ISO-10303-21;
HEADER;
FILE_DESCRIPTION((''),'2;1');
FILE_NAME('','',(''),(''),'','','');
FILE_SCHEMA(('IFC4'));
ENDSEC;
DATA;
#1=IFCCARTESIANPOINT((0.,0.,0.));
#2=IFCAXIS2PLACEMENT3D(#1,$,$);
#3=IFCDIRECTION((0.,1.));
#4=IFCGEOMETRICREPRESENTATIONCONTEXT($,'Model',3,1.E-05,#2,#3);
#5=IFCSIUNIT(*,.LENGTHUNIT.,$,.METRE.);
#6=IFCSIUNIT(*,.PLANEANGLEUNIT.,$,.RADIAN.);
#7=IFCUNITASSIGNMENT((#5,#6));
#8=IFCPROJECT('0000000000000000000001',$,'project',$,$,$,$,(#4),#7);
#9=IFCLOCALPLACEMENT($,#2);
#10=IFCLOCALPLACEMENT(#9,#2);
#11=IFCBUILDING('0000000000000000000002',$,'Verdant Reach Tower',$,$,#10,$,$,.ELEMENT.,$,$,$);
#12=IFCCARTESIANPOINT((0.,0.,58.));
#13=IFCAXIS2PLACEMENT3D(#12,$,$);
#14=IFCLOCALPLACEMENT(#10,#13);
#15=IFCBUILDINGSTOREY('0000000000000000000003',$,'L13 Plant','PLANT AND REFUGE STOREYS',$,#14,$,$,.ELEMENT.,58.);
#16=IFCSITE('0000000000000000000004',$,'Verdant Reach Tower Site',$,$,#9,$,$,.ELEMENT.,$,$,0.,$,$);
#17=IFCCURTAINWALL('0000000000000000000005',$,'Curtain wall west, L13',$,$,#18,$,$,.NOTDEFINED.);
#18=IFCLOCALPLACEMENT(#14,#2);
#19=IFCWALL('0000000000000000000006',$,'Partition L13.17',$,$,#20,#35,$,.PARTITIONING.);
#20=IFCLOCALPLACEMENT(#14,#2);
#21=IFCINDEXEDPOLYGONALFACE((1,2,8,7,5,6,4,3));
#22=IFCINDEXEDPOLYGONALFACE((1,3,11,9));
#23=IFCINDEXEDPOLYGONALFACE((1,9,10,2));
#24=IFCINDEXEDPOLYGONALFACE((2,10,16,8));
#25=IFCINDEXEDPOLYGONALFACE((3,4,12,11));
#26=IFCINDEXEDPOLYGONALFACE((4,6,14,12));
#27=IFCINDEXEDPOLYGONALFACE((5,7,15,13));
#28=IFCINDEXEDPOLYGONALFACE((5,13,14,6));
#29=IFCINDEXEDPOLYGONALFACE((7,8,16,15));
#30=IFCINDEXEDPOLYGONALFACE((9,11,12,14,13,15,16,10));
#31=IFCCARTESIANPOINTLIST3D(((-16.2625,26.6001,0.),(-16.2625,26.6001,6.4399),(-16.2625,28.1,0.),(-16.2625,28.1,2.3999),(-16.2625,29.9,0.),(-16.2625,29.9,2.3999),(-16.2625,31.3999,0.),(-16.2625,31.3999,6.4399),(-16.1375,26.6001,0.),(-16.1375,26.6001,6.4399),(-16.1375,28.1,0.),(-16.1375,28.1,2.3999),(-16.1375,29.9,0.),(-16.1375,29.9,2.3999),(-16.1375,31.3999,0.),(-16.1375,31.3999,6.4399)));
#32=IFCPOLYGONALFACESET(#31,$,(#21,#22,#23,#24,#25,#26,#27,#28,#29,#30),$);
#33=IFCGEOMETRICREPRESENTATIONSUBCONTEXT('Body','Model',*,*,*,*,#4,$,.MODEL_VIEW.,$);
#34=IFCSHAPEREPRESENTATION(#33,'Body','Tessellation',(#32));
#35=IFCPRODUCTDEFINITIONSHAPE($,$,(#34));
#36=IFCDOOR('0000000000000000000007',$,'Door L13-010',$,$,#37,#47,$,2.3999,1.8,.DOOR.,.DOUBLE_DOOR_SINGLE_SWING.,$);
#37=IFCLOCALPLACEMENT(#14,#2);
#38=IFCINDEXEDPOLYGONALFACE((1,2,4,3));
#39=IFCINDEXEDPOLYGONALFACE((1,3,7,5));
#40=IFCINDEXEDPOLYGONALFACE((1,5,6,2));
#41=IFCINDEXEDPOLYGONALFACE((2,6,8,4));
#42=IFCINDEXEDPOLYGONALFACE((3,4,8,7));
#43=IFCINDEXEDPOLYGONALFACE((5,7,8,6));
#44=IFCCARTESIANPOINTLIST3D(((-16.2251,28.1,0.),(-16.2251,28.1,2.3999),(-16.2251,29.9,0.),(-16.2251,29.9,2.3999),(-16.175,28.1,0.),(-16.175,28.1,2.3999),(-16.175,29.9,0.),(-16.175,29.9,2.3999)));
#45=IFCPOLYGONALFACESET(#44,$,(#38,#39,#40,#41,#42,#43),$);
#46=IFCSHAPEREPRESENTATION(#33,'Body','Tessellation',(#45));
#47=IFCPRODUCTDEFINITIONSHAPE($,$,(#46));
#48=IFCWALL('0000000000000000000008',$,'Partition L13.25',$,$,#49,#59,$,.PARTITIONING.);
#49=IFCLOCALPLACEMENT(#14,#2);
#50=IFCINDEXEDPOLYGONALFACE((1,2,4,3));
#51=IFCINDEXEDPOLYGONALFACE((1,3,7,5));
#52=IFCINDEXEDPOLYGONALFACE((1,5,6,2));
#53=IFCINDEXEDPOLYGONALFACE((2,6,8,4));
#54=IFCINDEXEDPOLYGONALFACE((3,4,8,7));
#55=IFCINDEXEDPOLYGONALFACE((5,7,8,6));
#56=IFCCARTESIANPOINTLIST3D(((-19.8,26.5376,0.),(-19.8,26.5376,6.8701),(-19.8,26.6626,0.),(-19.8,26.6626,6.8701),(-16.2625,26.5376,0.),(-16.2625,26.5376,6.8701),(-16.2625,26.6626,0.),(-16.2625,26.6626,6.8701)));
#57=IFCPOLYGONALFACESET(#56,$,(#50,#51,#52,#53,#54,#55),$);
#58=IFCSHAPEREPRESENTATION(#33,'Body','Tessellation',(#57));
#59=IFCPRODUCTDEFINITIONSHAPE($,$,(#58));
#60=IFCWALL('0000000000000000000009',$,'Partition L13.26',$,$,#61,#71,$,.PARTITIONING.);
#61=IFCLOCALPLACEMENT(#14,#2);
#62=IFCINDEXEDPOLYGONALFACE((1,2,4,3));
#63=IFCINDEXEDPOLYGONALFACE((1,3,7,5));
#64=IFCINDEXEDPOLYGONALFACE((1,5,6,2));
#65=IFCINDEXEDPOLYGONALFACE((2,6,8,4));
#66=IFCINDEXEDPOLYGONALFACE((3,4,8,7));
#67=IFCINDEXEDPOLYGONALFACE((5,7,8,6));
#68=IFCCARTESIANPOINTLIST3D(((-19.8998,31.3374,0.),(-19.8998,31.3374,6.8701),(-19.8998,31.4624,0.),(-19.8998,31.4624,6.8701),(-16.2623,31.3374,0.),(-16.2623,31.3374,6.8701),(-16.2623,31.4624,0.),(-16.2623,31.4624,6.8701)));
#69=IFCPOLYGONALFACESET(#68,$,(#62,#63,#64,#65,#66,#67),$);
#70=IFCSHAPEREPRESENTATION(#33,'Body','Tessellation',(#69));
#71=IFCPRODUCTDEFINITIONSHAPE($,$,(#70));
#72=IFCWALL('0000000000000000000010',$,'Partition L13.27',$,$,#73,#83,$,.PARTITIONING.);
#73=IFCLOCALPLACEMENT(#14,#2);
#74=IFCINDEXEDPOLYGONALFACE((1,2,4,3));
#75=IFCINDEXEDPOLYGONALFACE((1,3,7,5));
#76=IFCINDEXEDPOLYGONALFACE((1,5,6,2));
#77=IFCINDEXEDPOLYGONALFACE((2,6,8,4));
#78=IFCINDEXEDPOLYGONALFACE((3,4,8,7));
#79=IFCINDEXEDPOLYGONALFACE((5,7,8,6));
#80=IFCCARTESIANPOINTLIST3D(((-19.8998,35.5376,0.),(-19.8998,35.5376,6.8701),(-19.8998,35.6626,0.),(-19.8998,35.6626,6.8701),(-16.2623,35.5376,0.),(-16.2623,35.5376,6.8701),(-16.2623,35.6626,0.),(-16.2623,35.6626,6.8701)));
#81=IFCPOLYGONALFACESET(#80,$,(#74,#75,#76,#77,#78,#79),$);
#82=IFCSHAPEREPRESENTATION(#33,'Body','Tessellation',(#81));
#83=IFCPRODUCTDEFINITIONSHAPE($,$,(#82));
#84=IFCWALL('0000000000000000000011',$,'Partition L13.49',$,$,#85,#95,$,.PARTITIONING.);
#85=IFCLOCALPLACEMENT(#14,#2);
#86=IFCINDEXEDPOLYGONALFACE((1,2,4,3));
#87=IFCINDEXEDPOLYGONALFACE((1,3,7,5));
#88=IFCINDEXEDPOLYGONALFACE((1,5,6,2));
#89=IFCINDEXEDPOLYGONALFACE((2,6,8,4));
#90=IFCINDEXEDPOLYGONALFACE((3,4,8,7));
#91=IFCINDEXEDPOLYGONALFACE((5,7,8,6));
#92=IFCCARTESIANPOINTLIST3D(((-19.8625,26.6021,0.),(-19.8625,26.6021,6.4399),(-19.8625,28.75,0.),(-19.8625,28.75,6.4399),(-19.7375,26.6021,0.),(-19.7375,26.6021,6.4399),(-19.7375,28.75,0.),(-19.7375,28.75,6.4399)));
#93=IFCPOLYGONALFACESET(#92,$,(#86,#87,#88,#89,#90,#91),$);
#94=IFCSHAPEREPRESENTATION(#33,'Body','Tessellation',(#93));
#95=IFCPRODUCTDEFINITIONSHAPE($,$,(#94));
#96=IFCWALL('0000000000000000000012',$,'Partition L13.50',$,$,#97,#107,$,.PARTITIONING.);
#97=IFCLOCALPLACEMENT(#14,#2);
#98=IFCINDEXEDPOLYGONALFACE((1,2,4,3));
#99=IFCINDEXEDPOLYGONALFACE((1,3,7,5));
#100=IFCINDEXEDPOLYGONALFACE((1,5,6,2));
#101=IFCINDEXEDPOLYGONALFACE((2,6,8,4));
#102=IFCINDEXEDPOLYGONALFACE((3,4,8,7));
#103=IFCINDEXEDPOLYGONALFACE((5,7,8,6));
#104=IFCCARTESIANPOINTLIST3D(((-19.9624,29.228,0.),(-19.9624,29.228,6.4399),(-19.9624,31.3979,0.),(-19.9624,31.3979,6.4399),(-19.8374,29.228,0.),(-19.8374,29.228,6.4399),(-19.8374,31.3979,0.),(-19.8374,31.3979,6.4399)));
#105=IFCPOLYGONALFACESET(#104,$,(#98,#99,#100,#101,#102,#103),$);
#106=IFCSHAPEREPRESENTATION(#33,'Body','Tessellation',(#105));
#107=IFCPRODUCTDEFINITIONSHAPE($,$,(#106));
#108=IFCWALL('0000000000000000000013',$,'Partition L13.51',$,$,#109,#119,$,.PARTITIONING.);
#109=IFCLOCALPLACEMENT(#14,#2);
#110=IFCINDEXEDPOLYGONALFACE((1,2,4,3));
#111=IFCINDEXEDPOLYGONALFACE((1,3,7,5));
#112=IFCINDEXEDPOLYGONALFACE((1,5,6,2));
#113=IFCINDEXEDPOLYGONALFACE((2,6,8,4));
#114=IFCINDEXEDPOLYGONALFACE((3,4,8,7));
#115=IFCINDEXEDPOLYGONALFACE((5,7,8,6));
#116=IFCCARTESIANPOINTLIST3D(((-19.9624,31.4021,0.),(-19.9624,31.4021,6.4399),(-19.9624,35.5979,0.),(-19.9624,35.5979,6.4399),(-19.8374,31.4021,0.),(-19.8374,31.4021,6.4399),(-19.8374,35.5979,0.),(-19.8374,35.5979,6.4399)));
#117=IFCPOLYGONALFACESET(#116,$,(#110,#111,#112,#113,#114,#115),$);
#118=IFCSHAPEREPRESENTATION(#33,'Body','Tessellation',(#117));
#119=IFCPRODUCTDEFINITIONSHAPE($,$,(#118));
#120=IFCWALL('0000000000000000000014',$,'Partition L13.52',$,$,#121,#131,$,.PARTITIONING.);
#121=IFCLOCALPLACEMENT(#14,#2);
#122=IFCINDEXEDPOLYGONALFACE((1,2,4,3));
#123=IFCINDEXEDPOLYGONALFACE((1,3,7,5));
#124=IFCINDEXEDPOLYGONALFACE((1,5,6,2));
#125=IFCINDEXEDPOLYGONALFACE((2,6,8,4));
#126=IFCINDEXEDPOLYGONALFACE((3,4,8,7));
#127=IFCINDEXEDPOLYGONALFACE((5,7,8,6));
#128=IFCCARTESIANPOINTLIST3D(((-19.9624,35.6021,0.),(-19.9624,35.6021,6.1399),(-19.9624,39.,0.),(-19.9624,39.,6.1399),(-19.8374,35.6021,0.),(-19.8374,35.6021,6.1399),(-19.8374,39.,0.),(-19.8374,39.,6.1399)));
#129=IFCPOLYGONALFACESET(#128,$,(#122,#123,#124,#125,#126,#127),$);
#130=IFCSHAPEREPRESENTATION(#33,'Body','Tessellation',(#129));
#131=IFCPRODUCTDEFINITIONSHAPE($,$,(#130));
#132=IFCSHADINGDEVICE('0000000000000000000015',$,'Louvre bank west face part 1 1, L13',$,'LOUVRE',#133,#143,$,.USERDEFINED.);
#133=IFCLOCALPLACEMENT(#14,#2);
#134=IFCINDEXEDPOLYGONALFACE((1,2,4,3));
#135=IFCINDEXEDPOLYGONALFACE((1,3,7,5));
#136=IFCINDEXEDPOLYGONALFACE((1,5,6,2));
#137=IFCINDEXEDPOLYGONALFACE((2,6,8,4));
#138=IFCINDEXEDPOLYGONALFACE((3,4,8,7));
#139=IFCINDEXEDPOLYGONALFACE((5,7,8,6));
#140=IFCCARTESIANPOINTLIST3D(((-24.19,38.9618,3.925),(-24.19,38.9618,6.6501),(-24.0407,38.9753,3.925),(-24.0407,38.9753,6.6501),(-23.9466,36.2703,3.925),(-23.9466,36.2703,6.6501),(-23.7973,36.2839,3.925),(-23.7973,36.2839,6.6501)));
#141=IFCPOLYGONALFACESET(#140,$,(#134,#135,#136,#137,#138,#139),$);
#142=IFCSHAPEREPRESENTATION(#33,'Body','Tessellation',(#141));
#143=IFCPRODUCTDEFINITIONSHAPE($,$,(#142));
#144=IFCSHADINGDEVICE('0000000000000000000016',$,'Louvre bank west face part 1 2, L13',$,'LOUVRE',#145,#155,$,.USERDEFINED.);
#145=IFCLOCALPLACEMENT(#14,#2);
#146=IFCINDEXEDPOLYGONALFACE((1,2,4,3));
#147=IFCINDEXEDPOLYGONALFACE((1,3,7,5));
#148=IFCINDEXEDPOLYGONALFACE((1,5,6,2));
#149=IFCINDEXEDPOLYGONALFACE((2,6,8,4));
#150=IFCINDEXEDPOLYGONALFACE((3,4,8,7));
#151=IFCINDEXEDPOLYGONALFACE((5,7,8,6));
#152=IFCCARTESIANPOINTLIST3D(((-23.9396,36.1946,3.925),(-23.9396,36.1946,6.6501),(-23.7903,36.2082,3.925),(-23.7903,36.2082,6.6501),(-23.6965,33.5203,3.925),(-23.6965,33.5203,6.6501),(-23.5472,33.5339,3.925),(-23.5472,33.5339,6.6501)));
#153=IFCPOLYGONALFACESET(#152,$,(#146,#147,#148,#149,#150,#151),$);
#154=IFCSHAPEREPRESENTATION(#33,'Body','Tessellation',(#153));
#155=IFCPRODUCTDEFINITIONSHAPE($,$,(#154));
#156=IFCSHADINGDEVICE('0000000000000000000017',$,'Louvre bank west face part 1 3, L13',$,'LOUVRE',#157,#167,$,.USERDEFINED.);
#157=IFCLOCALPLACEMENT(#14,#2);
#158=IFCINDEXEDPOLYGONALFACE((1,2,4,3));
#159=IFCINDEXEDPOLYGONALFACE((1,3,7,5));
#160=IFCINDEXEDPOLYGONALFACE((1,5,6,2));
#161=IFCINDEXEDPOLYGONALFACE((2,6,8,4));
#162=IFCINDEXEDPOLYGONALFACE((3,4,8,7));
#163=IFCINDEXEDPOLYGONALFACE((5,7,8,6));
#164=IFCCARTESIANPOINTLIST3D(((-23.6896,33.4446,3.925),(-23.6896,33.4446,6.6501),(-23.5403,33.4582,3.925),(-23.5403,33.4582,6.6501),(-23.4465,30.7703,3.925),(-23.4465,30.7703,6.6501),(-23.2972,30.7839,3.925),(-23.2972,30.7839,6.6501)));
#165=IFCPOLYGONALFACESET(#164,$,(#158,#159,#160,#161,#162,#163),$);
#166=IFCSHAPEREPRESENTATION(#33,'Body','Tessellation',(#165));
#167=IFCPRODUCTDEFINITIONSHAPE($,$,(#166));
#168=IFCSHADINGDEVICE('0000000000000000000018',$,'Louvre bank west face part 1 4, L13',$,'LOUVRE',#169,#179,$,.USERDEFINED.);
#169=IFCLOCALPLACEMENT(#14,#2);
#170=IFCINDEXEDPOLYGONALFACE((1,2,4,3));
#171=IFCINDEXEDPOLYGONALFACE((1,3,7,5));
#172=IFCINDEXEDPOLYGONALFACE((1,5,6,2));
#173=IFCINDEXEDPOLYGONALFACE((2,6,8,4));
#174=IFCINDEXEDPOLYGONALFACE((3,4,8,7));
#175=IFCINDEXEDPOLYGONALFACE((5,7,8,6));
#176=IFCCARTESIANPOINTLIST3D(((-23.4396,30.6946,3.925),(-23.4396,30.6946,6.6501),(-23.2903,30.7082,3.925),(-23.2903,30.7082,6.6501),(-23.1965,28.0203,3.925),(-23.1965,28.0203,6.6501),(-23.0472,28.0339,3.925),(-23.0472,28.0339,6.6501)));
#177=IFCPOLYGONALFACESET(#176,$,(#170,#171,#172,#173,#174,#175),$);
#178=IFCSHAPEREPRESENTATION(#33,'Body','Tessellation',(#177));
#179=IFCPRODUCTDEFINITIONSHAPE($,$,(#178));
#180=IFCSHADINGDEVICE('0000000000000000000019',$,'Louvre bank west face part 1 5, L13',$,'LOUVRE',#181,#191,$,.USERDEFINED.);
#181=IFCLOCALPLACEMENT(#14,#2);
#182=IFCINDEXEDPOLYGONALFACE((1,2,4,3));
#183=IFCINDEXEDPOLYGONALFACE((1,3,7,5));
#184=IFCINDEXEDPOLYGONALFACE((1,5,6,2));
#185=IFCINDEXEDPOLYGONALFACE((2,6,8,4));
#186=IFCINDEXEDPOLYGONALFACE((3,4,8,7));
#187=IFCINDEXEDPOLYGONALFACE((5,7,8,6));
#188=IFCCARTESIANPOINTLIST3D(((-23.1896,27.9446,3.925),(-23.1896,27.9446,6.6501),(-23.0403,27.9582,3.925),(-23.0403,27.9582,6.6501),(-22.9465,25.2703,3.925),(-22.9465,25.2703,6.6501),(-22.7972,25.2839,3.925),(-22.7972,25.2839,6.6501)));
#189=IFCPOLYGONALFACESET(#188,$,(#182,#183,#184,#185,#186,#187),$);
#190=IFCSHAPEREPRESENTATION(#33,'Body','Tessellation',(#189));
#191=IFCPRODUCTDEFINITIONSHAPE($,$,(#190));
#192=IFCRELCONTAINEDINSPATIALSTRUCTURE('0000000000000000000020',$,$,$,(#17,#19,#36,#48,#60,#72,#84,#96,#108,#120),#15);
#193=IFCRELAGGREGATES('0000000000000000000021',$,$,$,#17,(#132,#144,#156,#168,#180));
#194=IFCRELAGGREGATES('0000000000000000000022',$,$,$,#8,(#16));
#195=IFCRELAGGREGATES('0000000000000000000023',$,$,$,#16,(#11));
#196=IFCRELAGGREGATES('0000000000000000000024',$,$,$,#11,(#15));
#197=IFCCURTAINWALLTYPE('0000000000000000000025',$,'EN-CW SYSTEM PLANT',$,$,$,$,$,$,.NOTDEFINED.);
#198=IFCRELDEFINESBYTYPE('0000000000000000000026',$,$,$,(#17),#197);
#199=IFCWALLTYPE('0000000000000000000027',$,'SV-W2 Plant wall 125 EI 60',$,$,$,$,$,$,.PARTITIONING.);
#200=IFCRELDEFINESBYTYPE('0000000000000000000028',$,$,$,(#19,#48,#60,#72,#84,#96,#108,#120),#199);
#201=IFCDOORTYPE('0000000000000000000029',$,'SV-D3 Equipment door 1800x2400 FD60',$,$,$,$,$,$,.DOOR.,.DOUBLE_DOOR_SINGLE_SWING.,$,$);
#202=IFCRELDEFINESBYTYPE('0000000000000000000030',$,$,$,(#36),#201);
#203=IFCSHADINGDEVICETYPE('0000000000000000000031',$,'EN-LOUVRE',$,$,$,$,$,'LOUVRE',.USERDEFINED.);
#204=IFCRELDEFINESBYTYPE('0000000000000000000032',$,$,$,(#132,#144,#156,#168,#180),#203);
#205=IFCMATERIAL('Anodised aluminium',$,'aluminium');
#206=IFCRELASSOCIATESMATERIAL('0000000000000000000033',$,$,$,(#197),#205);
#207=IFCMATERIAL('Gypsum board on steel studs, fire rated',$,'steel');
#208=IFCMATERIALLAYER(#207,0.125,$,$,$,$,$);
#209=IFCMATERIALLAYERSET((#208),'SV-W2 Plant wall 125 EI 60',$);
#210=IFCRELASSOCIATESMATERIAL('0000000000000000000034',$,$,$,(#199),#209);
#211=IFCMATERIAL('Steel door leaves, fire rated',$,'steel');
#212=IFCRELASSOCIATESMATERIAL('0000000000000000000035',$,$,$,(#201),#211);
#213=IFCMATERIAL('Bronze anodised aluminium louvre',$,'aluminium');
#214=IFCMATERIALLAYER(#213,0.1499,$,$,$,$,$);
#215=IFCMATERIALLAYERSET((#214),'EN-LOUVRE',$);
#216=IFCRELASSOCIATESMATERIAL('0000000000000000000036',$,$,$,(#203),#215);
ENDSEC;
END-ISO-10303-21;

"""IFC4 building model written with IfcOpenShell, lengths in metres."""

from ifc_helpers import new_model, si_unit, direction, frame, frame_2d, origin, origin_2d, place, context, subcontext, project, spatial, rectangle, extrude, material, layer, layer_set, type_object, element, fill, aggregate, save


model = new_model("IFC4")

# Units and contexts
model_context = context("Model", 3, precision=1e-05, world=origin(), true_north=direction((0.0, 1.0)))
body_context = subcontext(model_context, "Body", "Model", "MODEL_VIEW")
ifc_project = project(units=[si_unit("LENGTHUNIT", "METRE"), si_unit("PLANEANGLEUNIT", "RADIAN")], contexts=[model_context])

# Site, building, storey
site_placement = place(None, origin())
site = spatial("IfcSite", under=ifc_project, at=site_placement, Name="Verdant Reach Tower Site", CompositionType="ELEMENT", RefElevation=0.0)
building_placement = place(site_placement, origin())
building = spatial("IfcBuilding", under=site, at=building_placement, Name="Verdant Reach Tower", CompositionType="ELEMENT")
storey_placement = place(building_placement, frame((0.0, 0.0, 58.0)))
storey = spatial("IfcBuildingStorey", under=building, at=storey_placement, Name="L13 Plant", Description="PLANT AND REFUGE STOREYS", CompositionType="ELEMENT", Elevation=58.0)

# Curtain wall
ifc_material_1 = material(Name="Anodised aluminium", Category="aluminium")
curtain_wall_type = type_object("IfcCurtainWallType", Name="EN-CW SYSTEM PLANT", PredefinedType="NOTDEFINED", material=ifc_material_1)
curtain_wall_placement = place(storey_placement, origin())
curtain_wall = element("IfcCurtainWall", 1, at=curtain_wall_placement, inside=storey, type_object=curtain_wall_type, Name="Curtain wall west, L13", PredefinedType="NOTDEFINED")

# Wall, opening, door
ifc_material_2 = material(Name="Gypsum board on steel studs, fire rated", Category="steel")
ifc_layer_1 = layer(ifc_material_2, 0.125)
ifc_layer_set_1 = layer_set([ifc_layer_1], Name="SV-W2 Plant wall 125 EI 60")
wall_type = type_object("IfcWallType", Name="SV-W2 Plant wall 125 EI 60", PredefinedType="PARTITIONING", material=ifc_layer_set_1)
ifc_material_3 = material(Name="Steel door leaves, fire rated", Category="steel")
door_type = type_object("IfcDoorType", Name="SV-D3 Equipment door 1800x2400 FD60", OperationType="DOUBLE_DOOR_SINGLE_SWING", PredefinedType="DOOR", material=ifc_material_3)
wall_1_placement = place(storey_placement, frame((-16.2, 31.3999, 0.0), z_axis=(0.0, 0.0, 1.0), x_axis=(0.0, -1.0, 0.0)))
wall_1 = element("IfcWall", 2, at=wall_1_placement, inside=storey, type_object=wall_type, Name="Partition L13.17", PredefinedType="PARTITIONING", context=body_context, shape_type="SweptSolid", body=[
    extrude(rectangle(XDim=4.7998, YDim=0.125, at=frame_2d((2.3999, 0.0))), origin(), (0.0, 0.0, 1.0), 6.4399),
])
opening_1_placement = place(wall_1_placement, frame((1.5, 0.0, 0.0)))
opening_1 = element("IfcOpeningElement", 3, at=opening_1_placement, cuts=wall_1, PredefinedType="OPENING", context=body_context, shape_type="SweptSolid", body=[
    extrude(rectangle(XDim=1.8, YDim=2.3999, at=frame_2d((0.8999, 1.2))), frame((0.0, 0.0725, 0.0), z_axis=(0.0, -1.0, 0.0), x_axis=(1.0, 0.0, 0.0)), (0.0, 0.0, 1.0), 0.145),
])
door_1_placement = place(opening_1_placement, origin())
door_1 = element("IfcDoor", 4, at=door_1_placement, inside=storey, type_object=door_type, Name="Door L13-010", OperationType="DOUBLE_DOOR_SINGLE_SWING", OverallHeight=2.3999, OverallWidth=1.8, PredefinedType="DOOR", context=body_context, shape_type="SweptSolid", body=[
    extrude(rectangle(XDim=1.8, YDim=2.3999, at=frame_2d((0.8999, 1.2))), frame((0.0, 0.0249, 0.0), z_axis=(0.0, -1.0, 0.0), x_axis=(1.0, 0.0, 0.0)), (0.0, 0.0, 1.0), 0.05),
])
fill(opening_1, door_1)

# Walls
wall_2_placement = place(storey_placement, frame((-19.8, 26.6001, 0.0), z_axis=(0.0, 0.0, 1.0), x_axis=(1.0, 0.0, 0.0)))
element("IfcWall", 5, at=wall_2_placement, inside=storey, type_object=wall_type, Name="Partition L13.25", PredefinedType="PARTITIONING", context=body_context, shape_type="SweptSolid", body=[
    extrude(rectangle(XDim=3.5376, YDim=0.125, at=frame_2d((1.7688, 0.0))), origin(), (0.0, 0.0, 1.0), 6.8701),
])
for number, where, z_axis, x_axis, name in (
    (6, (-19.8999, 31.3999, 0.0), (0.0, 0.0, 1.0), (1.0, 0.0, 0.0), "Partition L13.26"),
    (7, (-19.8999, 35.6001, 0.0), (0.0, 0.0, 1.0), (1.0, 0.0, 0.0), "Partition L13.27"),
):
    element("IfcWall", number, at=place(storey_placement, frame(where, z_axis=z_axis, x_axis=x_axis)), inside=storey, type_object=wall_type, Name=name, PredefinedType="PARTITIONING", context=body_context, shape_type="SweptSolid", body=[
        extrude(rectangle(XDim=3.6375, YDim=0.125, at=frame_2d((1.8188, 0.0))), origin(), (0.0, 0.0, 1.0), 6.8701),
    ])
wall_3_placement = place(storey_placement, frame((-19.8, 26.6021, 0.0), z_axis=(0.0, 0.0, 1.0), x_axis=(0.0, 1.0, 0.0)))
element("IfcWall", 8, at=wall_3_placement, inside=storey, type_object=wall_type, Name="Partition L13.49", PredefinedType="PARTITIONING", context=body_context, shape_type="SweptSolid", body=[
    extrude(rectangle(XDim=2.1479, YDim=0.125, at=frame_2d((1.074, 0.0))), origin(), (0.0, 0.0, 1.0), 6.4399),
])
wall_4_placement = place(storey_placement, frame((-19.8999, 29.228, 0.0), z_axis=(0.0, 0.0, 1.0), x_axis=(0.0, 1.0, 0.0)))
element("IfcWall", 9, at=wall_4_placement, inside=storey, type_object=wall_type, Name="Partition L13.50", PredefinedType="PARTITIONING", context=body_context, shape_type="SweptSolid", body=[
    extrude(rectangle(XDim=2.1699, YDim=0.125, at=frame_2d((1.085, 0.0))), origin(), (0.0, 0.0, 1.0), 6.4399),
])
wall_5_placement = place(storey_placement, frame((-19.8999, 31.4021, 0.0), z_axis=(0.0, 0.0, 1.0), x_axis=(0.0, 1.0, 0.0)))
element("IfcWall", 10, at=wall_5_placement, inside=storey, type_object=wall_type, Name="Partition L13.51", PredefinedType="PARTITIONING", context=body_context, shape_type="SweptSolid", body=[
    extrude(rectangle(XDim=4.1958, YDim=0.125, at=frame_2d((2.0979, 0.0))), origin(), (0.0, 0.0, 1.0), 6.4399),
])
wall_6_placement = place(storey_placement, frame((-19.8999, 35.6021, 0.0), z_axis=(0.0, 0.0, 1.0), x_axis=(0.0, 1.0, 0.0)))
element("IfcWall", 11, at=wall_6_placement, inside=storey, type_object=wall_type, Name="Partition L13.52", PredefinedType="PARTITIONING", context=body_context, shape_type="SweptSolid", body=[
    extrude(rectangle(XDim=3.3979, YDim=0.125, at=frame_2d((1.699, 0.0))), origin(), (0.0, 0.0, 1.0), 6.1399),
])

# Shading devices
ifc_material_4 = material(Name="Bronze anodised aluminium louvre", Category="aluminium")
ifc_layer_2 = layer(ifc_material_4, 0.1499)
ifc_layer_set_2 = layer_set([ifc_layer_2], Name="EN-LOUVRE")
shading_device_type = type_object("IfcShadingDeviceType", Name="EN-LOUVRE", ElementType="LOUVRE", PredefinedType="USERDEFINED", material=ifc_layer_set_2)
shading_device_1_placement = place(storey_placement, frame((-23.9937, 37.6228, 3.925), z_axis=(0.0, 0.0, 1.0), x_axis=(0.090097, -0.995933, 0.0)))
shading_device_1 = element("IfcShadingDevice", 12, at=shading_device_1_placement, type_object=shading_device_type, Name="Louvre bank west face part 1 1, L13", ObjectType="LOUVRE", PredefinedType="USERDEFINED", context=body_context, shape_type="SweptSolid", body=[
    extrude(rectangle(XDim=2.7024, YDim=0.1499, at=origin_2d()), origin(), (0.0, 0.0, 1.0), 2.7251),
])
shading_device_2_placement = place(storey_placement, frame((-23.7434, 34.8643, 3.925), z_axis=(0.0, 0.0, 1.0), x_axis=(0.090536, -0.995893, 0.0)))
shading_device_2 = element("IfcShadingDevice", 13, at=shading_device_2_placement, type_object=shading_device_type, Name="Louvre bank west face part 1 2, L13", ObjectType="LOUVRE", PredefinedType="USERDEFINED", context=body_context, shape_type="SweptSolid", body=[
    extrude(rectangle(XDim=2.6853, YDim=0.1499, at=origin_2d()), origin(), (0.0, 0.0, 1.0), 2.7251),
])
shading_device_3_placement = place(storey_placement, frame((-23.4934, 32.1143, 3.925), z_axis=(0.0, 0.0, 1.0), x_axis=(0.090536, -0.995893, 0.0)))
shading_device_3 = element("IfcShadingDevice", 14, at=shading_device_3_placement, type_object=shading_device_type, Name="Louvre bank west face part 1 3, L13", ObjectType="LOUVRE", PredefinedType="USERDEFINED", context=body_context, shape_type="SweptSolid", body=[
    extrude(rectangle(XDim=2.6853, YDim=0.1499, at=origin_2d()), origin(), (0.0, 0.0, 1.0), 2.7251),
])
shading_device_4_placement = place(storey_placement, frame((-23.2434, 29.3643, 3.925), z_axis=(0.0, 0.0, 1.0), x_axis=(0.090536, -0.995893, 0.0)))
shading_device_4 = element("IfcShadingDevice", 15, at=shading_device_4_placement, type_object=shading_device_type, Name="Louvre bank west face part 1 4, L13", ObjectType="LOUVRE", PredefinedType="USERDEFINED", context=body_context, shape_type="SweptSolid", body=[
    extrude(rectangle(XDim=2.6853, YDim=0.1499, at=origin_2d()), origin(), (0.0, 0.0, 1.0), 2.7251),
])
shading_device_5_placement = place(storey_placement, frame((-22.9934, 26.6143, 3.925), z_axis=(0.0, 0.0, 1.0), x_axis=(0.090536, -0.995893, 0.0)))
shading_device_5 = element("IfcShadingDevice", 16, at=shading_device_5_placement, type_object=shading_device_type, Name="Louvre bank west face part 1 5, L13", ObjectType="LOUVRE", PredefinedType="USERDEFINED", context=body_context, shape_type="SweptSolid", body=[
    extrude(rectangle(XDim=2.6853, YDim=0.1499, at=origin_2d()), origin(), (0.0, 0.0, 1.0), 2.7251),
])
aggregate(curtain_wall, [shading_device_1, shading_device_2, shading_device_3, shading_device_4, shading_device_5])

save(model, "model.ifc")
